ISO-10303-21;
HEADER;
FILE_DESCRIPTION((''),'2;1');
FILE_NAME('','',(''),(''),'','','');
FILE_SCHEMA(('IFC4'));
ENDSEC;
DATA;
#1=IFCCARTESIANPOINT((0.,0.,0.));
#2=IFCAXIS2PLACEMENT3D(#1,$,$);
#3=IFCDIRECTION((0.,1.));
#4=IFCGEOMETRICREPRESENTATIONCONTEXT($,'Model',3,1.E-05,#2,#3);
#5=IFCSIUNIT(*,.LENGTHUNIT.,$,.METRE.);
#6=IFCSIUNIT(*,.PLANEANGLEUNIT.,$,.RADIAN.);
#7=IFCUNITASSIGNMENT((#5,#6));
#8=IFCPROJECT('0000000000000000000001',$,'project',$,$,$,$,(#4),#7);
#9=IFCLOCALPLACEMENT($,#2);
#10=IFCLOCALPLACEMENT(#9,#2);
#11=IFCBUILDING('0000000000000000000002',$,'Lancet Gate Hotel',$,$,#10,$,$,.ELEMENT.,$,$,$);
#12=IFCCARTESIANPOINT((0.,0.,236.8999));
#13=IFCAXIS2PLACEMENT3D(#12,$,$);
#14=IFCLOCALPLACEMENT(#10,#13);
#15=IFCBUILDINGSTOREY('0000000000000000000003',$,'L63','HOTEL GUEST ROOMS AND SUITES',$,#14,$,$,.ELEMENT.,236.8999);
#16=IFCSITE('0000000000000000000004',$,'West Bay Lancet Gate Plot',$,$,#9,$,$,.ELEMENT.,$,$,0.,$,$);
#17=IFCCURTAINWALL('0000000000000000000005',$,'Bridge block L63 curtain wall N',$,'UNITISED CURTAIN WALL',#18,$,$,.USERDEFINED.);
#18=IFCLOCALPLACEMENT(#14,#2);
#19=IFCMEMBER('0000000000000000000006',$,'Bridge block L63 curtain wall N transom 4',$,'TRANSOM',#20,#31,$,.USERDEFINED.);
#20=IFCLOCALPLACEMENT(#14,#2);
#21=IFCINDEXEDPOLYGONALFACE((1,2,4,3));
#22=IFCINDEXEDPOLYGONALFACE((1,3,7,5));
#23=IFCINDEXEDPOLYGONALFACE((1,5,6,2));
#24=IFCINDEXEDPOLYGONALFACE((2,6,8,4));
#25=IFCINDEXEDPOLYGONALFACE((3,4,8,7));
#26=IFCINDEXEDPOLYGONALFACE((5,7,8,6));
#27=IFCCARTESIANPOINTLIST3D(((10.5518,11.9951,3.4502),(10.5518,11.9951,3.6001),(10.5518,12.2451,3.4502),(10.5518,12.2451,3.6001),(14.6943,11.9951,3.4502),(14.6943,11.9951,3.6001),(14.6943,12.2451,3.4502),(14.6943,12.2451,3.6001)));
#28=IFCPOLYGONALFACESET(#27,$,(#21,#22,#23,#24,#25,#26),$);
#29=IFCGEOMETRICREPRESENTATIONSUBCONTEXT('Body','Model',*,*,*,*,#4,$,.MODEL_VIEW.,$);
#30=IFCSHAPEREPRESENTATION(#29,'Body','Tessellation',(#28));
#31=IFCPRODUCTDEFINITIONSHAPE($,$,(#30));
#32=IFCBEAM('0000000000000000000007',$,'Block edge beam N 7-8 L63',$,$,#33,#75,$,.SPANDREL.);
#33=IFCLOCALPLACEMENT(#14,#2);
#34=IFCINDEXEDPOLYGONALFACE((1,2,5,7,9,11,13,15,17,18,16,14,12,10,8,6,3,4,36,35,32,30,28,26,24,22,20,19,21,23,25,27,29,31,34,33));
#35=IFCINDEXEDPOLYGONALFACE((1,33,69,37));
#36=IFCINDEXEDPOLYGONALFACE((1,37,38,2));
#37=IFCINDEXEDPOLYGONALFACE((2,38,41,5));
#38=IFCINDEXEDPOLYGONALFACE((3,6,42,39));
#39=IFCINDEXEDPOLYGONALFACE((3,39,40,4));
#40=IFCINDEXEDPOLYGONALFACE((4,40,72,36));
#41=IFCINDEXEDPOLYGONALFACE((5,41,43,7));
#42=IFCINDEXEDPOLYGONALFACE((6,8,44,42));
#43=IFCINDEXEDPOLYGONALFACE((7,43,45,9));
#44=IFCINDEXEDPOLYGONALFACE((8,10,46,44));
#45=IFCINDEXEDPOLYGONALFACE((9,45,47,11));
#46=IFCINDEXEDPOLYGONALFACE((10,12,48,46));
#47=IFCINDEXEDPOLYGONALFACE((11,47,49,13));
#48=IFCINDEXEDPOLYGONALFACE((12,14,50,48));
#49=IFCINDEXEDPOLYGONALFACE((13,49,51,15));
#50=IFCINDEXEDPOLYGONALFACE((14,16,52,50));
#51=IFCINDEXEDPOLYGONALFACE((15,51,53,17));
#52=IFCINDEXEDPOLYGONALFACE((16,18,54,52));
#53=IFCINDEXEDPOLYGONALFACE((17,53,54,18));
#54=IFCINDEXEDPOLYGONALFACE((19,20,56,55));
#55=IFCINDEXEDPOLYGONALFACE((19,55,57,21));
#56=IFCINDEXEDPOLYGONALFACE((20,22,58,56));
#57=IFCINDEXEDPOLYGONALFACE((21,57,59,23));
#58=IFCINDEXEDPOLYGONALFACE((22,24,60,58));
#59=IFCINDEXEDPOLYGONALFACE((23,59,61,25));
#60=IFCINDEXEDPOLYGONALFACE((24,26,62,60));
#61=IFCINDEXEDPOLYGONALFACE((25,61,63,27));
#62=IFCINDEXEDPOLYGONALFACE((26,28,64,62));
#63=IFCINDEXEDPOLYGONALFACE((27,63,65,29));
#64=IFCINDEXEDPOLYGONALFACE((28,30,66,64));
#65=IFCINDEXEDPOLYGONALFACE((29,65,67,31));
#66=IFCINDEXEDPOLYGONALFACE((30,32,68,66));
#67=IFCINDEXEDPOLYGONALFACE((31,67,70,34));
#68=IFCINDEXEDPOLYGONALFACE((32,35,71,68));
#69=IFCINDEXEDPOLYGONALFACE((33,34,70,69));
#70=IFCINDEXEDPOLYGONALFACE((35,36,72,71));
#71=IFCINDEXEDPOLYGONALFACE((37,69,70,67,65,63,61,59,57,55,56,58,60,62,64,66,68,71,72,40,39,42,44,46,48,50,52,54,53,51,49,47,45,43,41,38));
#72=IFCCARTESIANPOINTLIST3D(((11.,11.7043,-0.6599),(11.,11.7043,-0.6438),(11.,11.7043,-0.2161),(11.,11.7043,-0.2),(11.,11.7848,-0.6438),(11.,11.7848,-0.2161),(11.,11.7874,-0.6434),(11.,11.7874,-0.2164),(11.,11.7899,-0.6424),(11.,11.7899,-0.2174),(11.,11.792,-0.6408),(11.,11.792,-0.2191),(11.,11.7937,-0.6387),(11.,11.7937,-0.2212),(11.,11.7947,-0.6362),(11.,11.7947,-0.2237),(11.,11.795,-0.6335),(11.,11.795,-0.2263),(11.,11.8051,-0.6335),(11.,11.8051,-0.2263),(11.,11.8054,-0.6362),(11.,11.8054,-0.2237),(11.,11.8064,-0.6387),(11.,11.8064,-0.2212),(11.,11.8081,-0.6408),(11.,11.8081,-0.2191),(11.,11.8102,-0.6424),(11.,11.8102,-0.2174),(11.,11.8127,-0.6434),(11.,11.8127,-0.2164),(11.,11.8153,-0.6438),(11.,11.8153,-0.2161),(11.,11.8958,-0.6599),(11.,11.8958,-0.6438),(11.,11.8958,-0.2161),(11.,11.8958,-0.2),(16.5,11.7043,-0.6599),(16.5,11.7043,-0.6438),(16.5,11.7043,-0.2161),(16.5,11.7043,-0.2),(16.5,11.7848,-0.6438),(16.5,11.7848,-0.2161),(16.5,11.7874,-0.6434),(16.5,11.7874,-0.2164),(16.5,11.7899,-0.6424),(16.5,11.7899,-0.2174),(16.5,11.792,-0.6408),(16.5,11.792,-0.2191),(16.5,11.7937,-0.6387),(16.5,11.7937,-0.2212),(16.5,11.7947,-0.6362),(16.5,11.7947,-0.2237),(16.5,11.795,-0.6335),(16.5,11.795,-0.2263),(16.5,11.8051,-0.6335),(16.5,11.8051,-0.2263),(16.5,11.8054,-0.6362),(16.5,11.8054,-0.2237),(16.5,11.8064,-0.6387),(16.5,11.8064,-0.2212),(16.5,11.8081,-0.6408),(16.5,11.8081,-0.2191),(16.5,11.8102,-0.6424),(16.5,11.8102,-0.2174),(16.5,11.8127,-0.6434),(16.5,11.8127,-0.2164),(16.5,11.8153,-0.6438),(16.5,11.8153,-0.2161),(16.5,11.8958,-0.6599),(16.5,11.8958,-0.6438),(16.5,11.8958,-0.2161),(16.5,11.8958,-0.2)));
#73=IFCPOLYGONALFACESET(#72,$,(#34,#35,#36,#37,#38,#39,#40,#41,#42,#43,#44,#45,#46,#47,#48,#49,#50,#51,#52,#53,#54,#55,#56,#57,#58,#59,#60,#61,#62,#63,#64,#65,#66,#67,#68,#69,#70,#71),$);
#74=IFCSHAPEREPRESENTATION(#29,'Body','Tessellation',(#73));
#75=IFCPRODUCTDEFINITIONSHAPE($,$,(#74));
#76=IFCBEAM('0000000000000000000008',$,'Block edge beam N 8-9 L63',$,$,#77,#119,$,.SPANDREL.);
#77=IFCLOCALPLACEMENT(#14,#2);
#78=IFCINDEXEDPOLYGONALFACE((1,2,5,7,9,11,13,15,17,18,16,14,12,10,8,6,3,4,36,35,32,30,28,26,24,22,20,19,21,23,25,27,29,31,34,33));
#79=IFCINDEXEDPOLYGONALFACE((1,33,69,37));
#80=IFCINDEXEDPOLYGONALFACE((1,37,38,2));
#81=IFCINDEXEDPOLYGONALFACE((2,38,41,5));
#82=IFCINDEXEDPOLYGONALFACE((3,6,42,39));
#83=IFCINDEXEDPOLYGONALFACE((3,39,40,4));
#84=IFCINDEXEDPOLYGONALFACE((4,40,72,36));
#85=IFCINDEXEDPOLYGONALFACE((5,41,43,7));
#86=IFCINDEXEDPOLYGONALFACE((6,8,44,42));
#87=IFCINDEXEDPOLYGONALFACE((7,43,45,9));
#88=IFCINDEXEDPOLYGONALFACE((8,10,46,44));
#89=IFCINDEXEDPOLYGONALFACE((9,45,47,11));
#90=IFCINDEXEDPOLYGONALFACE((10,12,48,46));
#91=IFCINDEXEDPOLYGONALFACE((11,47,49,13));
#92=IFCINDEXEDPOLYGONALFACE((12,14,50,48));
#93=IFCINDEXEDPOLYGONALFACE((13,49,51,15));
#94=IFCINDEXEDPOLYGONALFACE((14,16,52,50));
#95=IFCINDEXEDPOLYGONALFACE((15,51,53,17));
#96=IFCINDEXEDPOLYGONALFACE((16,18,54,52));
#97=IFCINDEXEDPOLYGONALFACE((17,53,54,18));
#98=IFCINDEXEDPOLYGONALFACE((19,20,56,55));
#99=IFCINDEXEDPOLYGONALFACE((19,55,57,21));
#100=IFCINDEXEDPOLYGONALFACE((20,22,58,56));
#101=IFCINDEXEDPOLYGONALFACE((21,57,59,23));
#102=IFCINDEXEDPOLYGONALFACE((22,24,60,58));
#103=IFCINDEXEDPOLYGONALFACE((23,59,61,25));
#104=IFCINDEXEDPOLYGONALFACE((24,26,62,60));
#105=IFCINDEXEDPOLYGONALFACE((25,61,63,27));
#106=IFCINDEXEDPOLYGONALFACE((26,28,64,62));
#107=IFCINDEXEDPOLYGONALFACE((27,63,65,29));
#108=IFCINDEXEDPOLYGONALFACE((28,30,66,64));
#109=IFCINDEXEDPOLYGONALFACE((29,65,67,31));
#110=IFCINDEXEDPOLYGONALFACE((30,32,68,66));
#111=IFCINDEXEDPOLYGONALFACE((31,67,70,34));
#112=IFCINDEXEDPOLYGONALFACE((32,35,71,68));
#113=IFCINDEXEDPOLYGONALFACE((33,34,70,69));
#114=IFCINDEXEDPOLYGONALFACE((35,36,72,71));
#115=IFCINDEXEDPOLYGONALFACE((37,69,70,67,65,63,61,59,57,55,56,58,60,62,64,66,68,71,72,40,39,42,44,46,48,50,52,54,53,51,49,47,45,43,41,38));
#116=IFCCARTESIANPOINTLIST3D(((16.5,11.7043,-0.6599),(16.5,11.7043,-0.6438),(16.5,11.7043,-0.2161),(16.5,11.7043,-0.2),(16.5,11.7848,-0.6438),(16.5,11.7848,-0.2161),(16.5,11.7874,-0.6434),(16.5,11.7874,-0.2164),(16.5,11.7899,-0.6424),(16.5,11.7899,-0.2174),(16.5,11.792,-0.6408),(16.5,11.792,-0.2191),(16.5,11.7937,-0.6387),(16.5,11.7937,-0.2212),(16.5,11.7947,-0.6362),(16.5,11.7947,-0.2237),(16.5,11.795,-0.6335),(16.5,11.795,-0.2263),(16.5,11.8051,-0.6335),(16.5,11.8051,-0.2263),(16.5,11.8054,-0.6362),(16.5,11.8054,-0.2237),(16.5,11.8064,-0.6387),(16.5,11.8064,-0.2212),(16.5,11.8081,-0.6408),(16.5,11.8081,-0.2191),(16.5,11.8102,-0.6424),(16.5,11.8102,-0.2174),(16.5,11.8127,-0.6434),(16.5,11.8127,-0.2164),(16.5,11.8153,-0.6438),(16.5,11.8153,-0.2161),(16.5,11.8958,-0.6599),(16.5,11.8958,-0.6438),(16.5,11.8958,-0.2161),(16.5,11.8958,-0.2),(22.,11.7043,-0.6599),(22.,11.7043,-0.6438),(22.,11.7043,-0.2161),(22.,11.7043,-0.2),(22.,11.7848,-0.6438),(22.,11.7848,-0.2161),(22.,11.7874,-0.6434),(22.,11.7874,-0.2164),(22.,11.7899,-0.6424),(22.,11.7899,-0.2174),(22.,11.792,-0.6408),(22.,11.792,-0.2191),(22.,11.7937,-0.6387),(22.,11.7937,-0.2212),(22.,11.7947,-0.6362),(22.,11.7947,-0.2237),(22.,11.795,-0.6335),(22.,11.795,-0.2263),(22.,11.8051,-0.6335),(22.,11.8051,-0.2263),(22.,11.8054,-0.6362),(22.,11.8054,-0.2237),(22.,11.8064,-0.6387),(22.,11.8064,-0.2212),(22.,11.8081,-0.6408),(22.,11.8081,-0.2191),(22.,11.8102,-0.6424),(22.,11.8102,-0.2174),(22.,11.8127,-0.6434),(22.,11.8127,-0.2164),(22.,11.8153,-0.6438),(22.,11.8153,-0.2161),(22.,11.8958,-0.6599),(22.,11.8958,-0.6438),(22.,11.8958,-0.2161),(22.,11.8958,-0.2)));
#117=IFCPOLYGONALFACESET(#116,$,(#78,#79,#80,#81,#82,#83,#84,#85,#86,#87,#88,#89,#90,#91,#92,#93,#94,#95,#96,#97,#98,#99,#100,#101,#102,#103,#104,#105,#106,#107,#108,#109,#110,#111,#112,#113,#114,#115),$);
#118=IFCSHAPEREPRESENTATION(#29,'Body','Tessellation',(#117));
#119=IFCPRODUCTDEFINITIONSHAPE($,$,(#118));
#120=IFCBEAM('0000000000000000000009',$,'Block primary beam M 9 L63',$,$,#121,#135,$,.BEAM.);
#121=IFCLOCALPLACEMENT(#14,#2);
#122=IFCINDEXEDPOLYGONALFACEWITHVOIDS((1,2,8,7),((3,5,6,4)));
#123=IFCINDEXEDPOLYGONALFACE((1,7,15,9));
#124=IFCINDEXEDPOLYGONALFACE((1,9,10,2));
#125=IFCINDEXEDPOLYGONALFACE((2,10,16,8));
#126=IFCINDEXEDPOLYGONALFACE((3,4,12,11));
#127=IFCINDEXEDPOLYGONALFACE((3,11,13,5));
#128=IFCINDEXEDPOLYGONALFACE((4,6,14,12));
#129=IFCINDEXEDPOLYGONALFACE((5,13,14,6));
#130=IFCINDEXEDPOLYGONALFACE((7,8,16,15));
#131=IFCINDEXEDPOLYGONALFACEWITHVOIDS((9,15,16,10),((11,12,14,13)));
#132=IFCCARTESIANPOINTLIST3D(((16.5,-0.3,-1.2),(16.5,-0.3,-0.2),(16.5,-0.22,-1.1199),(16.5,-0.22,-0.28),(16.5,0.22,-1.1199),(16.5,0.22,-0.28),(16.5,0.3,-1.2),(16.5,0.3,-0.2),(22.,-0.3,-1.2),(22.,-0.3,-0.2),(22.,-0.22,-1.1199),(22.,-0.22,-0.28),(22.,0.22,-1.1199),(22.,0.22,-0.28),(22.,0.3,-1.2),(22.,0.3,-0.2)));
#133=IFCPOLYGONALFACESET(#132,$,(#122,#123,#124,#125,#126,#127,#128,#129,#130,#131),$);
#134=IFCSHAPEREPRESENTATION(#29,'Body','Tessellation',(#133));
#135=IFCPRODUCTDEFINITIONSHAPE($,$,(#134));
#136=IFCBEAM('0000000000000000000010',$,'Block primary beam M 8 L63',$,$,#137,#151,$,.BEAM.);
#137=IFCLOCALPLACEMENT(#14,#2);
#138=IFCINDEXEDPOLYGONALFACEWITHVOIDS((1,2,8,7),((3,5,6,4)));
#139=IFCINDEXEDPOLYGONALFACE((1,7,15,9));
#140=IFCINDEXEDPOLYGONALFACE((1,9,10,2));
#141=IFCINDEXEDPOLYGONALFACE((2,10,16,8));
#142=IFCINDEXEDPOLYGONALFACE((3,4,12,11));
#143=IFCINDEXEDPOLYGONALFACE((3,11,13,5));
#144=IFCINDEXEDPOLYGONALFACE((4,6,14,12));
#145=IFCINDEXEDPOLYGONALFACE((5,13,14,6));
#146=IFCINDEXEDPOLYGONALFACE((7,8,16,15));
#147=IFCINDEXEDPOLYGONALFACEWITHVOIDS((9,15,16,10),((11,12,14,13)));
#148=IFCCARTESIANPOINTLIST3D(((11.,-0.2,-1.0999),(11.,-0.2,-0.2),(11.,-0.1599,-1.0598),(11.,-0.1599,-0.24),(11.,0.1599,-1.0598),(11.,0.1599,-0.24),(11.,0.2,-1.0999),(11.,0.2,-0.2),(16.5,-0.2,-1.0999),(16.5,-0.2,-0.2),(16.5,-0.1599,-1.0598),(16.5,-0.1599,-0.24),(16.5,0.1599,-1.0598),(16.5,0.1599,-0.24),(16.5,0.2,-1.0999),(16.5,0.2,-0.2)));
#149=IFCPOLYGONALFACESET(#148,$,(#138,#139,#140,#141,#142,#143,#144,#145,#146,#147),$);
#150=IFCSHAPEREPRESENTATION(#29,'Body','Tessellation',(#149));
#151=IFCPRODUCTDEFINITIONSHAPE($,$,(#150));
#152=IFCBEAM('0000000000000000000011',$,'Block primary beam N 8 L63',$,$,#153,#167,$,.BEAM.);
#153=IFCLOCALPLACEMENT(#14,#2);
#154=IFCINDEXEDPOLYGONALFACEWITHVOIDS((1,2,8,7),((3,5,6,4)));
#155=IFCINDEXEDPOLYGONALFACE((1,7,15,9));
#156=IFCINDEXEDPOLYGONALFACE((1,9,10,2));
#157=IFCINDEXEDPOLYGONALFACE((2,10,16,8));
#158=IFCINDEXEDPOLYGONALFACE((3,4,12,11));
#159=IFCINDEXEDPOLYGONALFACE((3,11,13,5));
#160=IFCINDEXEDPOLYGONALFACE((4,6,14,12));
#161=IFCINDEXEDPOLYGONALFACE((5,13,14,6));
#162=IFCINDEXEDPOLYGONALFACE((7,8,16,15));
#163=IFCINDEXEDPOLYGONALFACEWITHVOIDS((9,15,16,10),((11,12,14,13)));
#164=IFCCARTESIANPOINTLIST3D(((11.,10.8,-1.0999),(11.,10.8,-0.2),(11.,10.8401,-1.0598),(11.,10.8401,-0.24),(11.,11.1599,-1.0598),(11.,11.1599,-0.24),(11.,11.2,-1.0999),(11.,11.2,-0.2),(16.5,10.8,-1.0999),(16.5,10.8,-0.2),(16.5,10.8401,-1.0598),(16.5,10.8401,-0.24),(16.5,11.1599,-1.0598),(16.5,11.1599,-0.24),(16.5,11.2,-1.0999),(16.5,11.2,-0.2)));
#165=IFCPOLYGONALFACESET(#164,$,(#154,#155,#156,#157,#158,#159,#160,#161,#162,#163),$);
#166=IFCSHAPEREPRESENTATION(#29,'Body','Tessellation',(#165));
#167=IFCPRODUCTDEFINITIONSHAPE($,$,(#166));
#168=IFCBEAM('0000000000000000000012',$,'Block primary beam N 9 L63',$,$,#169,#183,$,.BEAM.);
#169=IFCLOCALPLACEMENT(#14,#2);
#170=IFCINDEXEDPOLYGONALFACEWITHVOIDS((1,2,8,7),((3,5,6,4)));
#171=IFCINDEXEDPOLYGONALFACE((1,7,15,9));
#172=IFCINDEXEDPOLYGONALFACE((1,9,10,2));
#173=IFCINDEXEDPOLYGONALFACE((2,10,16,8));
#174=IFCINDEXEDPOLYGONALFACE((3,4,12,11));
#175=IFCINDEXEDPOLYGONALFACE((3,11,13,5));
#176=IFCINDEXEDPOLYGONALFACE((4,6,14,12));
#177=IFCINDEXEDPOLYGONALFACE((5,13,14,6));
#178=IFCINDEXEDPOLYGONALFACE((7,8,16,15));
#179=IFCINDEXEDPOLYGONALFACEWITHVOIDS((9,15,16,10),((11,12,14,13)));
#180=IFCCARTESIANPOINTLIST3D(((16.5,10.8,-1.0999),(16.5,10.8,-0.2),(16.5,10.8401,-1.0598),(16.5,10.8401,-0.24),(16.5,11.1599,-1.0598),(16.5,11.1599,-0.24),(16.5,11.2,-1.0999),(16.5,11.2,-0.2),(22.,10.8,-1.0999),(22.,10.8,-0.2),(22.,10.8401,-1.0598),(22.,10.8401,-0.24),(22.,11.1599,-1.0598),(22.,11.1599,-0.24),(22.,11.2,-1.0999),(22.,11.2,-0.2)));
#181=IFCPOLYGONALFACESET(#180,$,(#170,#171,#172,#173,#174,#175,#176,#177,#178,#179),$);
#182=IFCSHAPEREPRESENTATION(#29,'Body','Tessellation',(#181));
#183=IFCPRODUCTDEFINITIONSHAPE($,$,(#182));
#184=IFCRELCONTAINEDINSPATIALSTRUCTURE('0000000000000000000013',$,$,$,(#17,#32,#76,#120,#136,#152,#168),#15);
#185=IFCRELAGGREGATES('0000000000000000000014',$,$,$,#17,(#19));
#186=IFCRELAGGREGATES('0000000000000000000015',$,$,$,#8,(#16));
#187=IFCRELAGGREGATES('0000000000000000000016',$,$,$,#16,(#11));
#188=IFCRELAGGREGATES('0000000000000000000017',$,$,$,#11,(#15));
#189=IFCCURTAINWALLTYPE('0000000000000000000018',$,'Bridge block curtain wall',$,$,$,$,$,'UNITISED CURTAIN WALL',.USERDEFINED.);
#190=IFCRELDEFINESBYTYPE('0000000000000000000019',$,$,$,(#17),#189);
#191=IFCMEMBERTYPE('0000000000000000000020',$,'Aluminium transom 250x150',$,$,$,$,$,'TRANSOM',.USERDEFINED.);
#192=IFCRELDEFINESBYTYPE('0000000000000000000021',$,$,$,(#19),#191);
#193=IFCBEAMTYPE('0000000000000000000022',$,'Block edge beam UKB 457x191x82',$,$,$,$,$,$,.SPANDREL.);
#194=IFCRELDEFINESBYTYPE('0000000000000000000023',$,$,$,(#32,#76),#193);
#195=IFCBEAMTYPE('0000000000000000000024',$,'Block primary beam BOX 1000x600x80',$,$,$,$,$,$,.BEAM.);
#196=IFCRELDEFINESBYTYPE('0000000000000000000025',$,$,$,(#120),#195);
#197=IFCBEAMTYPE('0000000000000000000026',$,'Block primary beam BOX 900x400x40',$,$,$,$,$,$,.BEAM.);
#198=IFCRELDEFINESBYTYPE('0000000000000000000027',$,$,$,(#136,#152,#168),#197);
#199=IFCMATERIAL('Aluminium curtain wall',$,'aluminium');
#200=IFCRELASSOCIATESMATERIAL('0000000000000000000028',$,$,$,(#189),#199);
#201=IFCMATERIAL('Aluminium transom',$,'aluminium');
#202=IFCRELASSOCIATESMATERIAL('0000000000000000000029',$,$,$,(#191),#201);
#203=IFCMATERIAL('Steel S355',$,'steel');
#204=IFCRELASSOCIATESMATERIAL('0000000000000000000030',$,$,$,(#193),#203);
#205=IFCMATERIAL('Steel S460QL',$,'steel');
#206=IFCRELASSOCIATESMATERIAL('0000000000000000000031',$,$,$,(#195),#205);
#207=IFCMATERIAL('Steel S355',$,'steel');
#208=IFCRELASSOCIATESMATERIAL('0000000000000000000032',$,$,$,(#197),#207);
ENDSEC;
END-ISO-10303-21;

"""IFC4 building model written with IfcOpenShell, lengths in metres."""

from ifc_helpers import new_model, si_unit, direction, frame, origin, origin_2d, place, context, subcontext, project, spatial, rectangle, hollow_rectangle, i_section, extrude, material, material_profile, profile_set, type_object, element, aggregate, save


model = new_model("IFC4")

# Units and contexts
model_context = context("Model", 3, precision=1e-05, world=origin(), true_north=direction((0.0, 1.0)))
body_context = subcontext(model_context, "Body", "Model", "MODEL_VIEW")
ifc_project = project(units=[si_unit("LENGTHUNIT", "METRE"), si_unit("PLANEANGLEUNIT", "RADIAN")], contexts=[model_context])

# Site, building, storey
site_placement = place(None, origin())
site = spatial("IfcSite", under=ifc_project, at=site_placement, Name="West Bay Lancet Gate Plot", CompositionType="ELEMENT", RefElevation=0.0)
building_placement = place(site_placement, origin())
building = spatial("IfcBuilding", under=site, at=building_placement, Name="Lancet Gate Hotel", CompositionType="ELEMENT")
storey_placement = place(building_placement, frame((0.0, 0.0, 236.8999)))
storey = spatial("IfcBuildingStorey", under=building, at=storey_placement, Name="L63", Description="HOTEL GUEST ROOMS AND SUITES", CompositionType="ELEMENT", Elevation=236.8999)

# Curtain wall, member
ifc_material_1 = material(Name="Aluminium curtain wall", Category="aluminium")
curtain_wall_type = type_object("IfcCurtainWallType", Name="Bridge block curtain wall", ElementType="UNITISED CURTAIN WALL", PredefinedType="USERDEFINED", material=ifc_material_1)
curtain_wall_placement = place(storey_placement, origin())
curtain_wall = element("IfcCurtainWall", 1, at=curtain_wall_placement, inside=storey, type_object=curtain_wall_type, Name="Bridge block L63 curtain wall N", ObjectType="UNITISED CURTAIN WALL", PredefinedType="USERDEFINED")
ifc_material_2 = material(Name="Aluminium transom", Category="aluminium")
ifc_material_profile_1 = material_profile(ifc_material_2, rectangle(XDim=0.25, YDim=0.1499, at=origin_2d()), Name="TRANSOM 250x150")
ifc_profile_set_1 = profile_set([ifc_material_profile_1], Name="Aluminium transom")
member_type_1 = type_object("IfcMemberType", Name="Aluminium transom 250x150", ElementType="TRANSOM", PredefinedType="USERDEFINED", material=ifc_profile_set_1)
member_1_placement = place(storey_placement, frame((14.6943, 12.1201, 3.5251), z_axis=(-1.0, 0.0, 0.0), x_axis=(0.0, -1.0, 0.0)))
member_1 = element("IfcMember", 2, at=member_1_placement, type_object=member_type_1, Name="Bridge block L63 curtain wall N transom 4", ObjectType="TRANSOM", PredefinedType="USERDEFINED", context=body_context, shape_type="SweptSolid", body=[
    extrude(rectangle(XDim=0.25, YDim=0.1499, at=origin_2d()), origin(), (0.0, 0.0, 1.0), 4.1426),
])

# Beams
ifc_material_3 = material(Name="Steel S355", Category="steel")
ifc_material_profile_2 = material_profile(ifc_material_3, i_section(OverallWidth=0.1914, OverallDepth=0.46, WebThickness=0.01, FlangeThickness=0.0161, FilletRadius=0.0103, at=origin_2d()), Name="UKB 457x191x82")
ifc_profile_set_2 = profile_set([ifc_material_profile_2], Name="Steel S355")
beam_type_1 = type_object("IfcBeamType", Name="Block edge beam UKB 457x191x82", PredefinedType="SPANDREL", material=ifc_profile_set_2)
for number, where, z_axis, x_axis, name in (
    (3, (11.0, 11.8, -0.4299), (1.0, 0.0, 0.0), (0.0, 1.0, 0.0), "Block edge beam N 7-8 L63"),
    (4, (16.5, 11.8, -0.4299), (1.0, 0.0, 0.0), (0.0, 1.0, 0.0), "Block edge beam N 8-9 L63"),
):
    element("IfcBeam", number, at=place(storey_placement, frame(where, z_axis=z_axis, x_axis=x_axis)), inside=storey, type_object=beam_type_1, Name=name, PredefinedType="SPANDREL", context=body_context, shape_type="SweptSolid", body=[
        extrude(i_section(OverallWidth=0.1914, OverallDepth=0.46, WebThickness=0.01, FlangeThickness=0.0161, FilletRadius=0.0103, at=origin_2d()), origin(), (0.0, 0.0, 1.0), 5.5),
    ])
ifc_material_4 = material(Name="Steel S460QL", Category="steel")
ifc_material_profile_3 = material_profile(ifc_material_4, hollow_rectangle(XDim=0.6001, YDim=1.0, WallThickness=0.0801, at=origin_2d()), Name="BOX 1000x600x80")
ifc_profile_set_3 = profile_set([ifc_material_profile_3], Name="Steel S460QL")
beam_type_2 = type_object("IfcBeamType", Name="Block primary beam BOX 1000x600x80", PredefinedType="BEAM", material=ifc_profile_set_3)
beam_placement = place(storey_placement, frame((16.5, 0.0, -0.7), z_axis=(1.0, 0.0, 0.0), x_axis=(0.0, 1.0, 0.0)))
element("IfcBeam", 5, at=beam_placement, inside=storey, type_object=beam_type_2, Name="Block primary beam M 9 L63", PredefinedType="BEAM", context=body_context, shape_type="SweptSolid", body=[
    extrude(hollow_rectangle(XDim=0.6001, YDim=1.0, WallThickness=0.0801, at=origin_2d()), origin(), (0.0, 0.0, 1.0), 5.5),
])
ifc_material_5 = material(Name="Steel S355", Category="steel")
ifc_material_profile_4 = material_profile(ifc_material_5, hollow_rectangle(XDim=0.3999, YDim=0.8999, WallThickness=0.04, at=origin_2d()), Name="BOX 900x400x40")
ifc_profile_set_4 = profile_set([ifc_material_profile_4], Name="Steel S355")
beam_type_3 = type_object("IfcBeamType", Name="Block primary beam BOX 900x400x40", PredefinedType="BEAM", material=ifc_profile_set_4)
for number, where, z_axis, x_axis, name in (
    (6, (11.0, 0.0, -0.6499), (1.0, 0.0, 0.0), (0.0, 1.0, 0.0), "Block primary beam M 8 L63"),
    (7, (11.0, 11.0, -0.6499), (1.0, 0.0, 0.0), (0.0, 1.0, 0.0), "Block primary beam N 8 L63"),
    (8, (16.5, 11.0, -0.6499), (1.0, 0.0, 0.0), (0.0, 1.0, 0.0), "Block primary beam N 9 L63"),
):
    element("IfcBeam", number, at=place(storey_placement, frame(where, z_axis=z_axis, x_axis=x_axis)), inside=storey, type_object=beam_type_3, Name=name, PredefinedType="BEAM", context=body_context, shape_type="SweptSolid", body=[
        extrude(hollow_rectangle(XDim=0.3999, YDim=0.8999, WallThickness=0.04, at=origin_2d()), origin(), (0.0, 0.0, 1.0), 5.5),
    ])

aggregate(curtain_wall, [member_1])

save(model, "model.ifc")
